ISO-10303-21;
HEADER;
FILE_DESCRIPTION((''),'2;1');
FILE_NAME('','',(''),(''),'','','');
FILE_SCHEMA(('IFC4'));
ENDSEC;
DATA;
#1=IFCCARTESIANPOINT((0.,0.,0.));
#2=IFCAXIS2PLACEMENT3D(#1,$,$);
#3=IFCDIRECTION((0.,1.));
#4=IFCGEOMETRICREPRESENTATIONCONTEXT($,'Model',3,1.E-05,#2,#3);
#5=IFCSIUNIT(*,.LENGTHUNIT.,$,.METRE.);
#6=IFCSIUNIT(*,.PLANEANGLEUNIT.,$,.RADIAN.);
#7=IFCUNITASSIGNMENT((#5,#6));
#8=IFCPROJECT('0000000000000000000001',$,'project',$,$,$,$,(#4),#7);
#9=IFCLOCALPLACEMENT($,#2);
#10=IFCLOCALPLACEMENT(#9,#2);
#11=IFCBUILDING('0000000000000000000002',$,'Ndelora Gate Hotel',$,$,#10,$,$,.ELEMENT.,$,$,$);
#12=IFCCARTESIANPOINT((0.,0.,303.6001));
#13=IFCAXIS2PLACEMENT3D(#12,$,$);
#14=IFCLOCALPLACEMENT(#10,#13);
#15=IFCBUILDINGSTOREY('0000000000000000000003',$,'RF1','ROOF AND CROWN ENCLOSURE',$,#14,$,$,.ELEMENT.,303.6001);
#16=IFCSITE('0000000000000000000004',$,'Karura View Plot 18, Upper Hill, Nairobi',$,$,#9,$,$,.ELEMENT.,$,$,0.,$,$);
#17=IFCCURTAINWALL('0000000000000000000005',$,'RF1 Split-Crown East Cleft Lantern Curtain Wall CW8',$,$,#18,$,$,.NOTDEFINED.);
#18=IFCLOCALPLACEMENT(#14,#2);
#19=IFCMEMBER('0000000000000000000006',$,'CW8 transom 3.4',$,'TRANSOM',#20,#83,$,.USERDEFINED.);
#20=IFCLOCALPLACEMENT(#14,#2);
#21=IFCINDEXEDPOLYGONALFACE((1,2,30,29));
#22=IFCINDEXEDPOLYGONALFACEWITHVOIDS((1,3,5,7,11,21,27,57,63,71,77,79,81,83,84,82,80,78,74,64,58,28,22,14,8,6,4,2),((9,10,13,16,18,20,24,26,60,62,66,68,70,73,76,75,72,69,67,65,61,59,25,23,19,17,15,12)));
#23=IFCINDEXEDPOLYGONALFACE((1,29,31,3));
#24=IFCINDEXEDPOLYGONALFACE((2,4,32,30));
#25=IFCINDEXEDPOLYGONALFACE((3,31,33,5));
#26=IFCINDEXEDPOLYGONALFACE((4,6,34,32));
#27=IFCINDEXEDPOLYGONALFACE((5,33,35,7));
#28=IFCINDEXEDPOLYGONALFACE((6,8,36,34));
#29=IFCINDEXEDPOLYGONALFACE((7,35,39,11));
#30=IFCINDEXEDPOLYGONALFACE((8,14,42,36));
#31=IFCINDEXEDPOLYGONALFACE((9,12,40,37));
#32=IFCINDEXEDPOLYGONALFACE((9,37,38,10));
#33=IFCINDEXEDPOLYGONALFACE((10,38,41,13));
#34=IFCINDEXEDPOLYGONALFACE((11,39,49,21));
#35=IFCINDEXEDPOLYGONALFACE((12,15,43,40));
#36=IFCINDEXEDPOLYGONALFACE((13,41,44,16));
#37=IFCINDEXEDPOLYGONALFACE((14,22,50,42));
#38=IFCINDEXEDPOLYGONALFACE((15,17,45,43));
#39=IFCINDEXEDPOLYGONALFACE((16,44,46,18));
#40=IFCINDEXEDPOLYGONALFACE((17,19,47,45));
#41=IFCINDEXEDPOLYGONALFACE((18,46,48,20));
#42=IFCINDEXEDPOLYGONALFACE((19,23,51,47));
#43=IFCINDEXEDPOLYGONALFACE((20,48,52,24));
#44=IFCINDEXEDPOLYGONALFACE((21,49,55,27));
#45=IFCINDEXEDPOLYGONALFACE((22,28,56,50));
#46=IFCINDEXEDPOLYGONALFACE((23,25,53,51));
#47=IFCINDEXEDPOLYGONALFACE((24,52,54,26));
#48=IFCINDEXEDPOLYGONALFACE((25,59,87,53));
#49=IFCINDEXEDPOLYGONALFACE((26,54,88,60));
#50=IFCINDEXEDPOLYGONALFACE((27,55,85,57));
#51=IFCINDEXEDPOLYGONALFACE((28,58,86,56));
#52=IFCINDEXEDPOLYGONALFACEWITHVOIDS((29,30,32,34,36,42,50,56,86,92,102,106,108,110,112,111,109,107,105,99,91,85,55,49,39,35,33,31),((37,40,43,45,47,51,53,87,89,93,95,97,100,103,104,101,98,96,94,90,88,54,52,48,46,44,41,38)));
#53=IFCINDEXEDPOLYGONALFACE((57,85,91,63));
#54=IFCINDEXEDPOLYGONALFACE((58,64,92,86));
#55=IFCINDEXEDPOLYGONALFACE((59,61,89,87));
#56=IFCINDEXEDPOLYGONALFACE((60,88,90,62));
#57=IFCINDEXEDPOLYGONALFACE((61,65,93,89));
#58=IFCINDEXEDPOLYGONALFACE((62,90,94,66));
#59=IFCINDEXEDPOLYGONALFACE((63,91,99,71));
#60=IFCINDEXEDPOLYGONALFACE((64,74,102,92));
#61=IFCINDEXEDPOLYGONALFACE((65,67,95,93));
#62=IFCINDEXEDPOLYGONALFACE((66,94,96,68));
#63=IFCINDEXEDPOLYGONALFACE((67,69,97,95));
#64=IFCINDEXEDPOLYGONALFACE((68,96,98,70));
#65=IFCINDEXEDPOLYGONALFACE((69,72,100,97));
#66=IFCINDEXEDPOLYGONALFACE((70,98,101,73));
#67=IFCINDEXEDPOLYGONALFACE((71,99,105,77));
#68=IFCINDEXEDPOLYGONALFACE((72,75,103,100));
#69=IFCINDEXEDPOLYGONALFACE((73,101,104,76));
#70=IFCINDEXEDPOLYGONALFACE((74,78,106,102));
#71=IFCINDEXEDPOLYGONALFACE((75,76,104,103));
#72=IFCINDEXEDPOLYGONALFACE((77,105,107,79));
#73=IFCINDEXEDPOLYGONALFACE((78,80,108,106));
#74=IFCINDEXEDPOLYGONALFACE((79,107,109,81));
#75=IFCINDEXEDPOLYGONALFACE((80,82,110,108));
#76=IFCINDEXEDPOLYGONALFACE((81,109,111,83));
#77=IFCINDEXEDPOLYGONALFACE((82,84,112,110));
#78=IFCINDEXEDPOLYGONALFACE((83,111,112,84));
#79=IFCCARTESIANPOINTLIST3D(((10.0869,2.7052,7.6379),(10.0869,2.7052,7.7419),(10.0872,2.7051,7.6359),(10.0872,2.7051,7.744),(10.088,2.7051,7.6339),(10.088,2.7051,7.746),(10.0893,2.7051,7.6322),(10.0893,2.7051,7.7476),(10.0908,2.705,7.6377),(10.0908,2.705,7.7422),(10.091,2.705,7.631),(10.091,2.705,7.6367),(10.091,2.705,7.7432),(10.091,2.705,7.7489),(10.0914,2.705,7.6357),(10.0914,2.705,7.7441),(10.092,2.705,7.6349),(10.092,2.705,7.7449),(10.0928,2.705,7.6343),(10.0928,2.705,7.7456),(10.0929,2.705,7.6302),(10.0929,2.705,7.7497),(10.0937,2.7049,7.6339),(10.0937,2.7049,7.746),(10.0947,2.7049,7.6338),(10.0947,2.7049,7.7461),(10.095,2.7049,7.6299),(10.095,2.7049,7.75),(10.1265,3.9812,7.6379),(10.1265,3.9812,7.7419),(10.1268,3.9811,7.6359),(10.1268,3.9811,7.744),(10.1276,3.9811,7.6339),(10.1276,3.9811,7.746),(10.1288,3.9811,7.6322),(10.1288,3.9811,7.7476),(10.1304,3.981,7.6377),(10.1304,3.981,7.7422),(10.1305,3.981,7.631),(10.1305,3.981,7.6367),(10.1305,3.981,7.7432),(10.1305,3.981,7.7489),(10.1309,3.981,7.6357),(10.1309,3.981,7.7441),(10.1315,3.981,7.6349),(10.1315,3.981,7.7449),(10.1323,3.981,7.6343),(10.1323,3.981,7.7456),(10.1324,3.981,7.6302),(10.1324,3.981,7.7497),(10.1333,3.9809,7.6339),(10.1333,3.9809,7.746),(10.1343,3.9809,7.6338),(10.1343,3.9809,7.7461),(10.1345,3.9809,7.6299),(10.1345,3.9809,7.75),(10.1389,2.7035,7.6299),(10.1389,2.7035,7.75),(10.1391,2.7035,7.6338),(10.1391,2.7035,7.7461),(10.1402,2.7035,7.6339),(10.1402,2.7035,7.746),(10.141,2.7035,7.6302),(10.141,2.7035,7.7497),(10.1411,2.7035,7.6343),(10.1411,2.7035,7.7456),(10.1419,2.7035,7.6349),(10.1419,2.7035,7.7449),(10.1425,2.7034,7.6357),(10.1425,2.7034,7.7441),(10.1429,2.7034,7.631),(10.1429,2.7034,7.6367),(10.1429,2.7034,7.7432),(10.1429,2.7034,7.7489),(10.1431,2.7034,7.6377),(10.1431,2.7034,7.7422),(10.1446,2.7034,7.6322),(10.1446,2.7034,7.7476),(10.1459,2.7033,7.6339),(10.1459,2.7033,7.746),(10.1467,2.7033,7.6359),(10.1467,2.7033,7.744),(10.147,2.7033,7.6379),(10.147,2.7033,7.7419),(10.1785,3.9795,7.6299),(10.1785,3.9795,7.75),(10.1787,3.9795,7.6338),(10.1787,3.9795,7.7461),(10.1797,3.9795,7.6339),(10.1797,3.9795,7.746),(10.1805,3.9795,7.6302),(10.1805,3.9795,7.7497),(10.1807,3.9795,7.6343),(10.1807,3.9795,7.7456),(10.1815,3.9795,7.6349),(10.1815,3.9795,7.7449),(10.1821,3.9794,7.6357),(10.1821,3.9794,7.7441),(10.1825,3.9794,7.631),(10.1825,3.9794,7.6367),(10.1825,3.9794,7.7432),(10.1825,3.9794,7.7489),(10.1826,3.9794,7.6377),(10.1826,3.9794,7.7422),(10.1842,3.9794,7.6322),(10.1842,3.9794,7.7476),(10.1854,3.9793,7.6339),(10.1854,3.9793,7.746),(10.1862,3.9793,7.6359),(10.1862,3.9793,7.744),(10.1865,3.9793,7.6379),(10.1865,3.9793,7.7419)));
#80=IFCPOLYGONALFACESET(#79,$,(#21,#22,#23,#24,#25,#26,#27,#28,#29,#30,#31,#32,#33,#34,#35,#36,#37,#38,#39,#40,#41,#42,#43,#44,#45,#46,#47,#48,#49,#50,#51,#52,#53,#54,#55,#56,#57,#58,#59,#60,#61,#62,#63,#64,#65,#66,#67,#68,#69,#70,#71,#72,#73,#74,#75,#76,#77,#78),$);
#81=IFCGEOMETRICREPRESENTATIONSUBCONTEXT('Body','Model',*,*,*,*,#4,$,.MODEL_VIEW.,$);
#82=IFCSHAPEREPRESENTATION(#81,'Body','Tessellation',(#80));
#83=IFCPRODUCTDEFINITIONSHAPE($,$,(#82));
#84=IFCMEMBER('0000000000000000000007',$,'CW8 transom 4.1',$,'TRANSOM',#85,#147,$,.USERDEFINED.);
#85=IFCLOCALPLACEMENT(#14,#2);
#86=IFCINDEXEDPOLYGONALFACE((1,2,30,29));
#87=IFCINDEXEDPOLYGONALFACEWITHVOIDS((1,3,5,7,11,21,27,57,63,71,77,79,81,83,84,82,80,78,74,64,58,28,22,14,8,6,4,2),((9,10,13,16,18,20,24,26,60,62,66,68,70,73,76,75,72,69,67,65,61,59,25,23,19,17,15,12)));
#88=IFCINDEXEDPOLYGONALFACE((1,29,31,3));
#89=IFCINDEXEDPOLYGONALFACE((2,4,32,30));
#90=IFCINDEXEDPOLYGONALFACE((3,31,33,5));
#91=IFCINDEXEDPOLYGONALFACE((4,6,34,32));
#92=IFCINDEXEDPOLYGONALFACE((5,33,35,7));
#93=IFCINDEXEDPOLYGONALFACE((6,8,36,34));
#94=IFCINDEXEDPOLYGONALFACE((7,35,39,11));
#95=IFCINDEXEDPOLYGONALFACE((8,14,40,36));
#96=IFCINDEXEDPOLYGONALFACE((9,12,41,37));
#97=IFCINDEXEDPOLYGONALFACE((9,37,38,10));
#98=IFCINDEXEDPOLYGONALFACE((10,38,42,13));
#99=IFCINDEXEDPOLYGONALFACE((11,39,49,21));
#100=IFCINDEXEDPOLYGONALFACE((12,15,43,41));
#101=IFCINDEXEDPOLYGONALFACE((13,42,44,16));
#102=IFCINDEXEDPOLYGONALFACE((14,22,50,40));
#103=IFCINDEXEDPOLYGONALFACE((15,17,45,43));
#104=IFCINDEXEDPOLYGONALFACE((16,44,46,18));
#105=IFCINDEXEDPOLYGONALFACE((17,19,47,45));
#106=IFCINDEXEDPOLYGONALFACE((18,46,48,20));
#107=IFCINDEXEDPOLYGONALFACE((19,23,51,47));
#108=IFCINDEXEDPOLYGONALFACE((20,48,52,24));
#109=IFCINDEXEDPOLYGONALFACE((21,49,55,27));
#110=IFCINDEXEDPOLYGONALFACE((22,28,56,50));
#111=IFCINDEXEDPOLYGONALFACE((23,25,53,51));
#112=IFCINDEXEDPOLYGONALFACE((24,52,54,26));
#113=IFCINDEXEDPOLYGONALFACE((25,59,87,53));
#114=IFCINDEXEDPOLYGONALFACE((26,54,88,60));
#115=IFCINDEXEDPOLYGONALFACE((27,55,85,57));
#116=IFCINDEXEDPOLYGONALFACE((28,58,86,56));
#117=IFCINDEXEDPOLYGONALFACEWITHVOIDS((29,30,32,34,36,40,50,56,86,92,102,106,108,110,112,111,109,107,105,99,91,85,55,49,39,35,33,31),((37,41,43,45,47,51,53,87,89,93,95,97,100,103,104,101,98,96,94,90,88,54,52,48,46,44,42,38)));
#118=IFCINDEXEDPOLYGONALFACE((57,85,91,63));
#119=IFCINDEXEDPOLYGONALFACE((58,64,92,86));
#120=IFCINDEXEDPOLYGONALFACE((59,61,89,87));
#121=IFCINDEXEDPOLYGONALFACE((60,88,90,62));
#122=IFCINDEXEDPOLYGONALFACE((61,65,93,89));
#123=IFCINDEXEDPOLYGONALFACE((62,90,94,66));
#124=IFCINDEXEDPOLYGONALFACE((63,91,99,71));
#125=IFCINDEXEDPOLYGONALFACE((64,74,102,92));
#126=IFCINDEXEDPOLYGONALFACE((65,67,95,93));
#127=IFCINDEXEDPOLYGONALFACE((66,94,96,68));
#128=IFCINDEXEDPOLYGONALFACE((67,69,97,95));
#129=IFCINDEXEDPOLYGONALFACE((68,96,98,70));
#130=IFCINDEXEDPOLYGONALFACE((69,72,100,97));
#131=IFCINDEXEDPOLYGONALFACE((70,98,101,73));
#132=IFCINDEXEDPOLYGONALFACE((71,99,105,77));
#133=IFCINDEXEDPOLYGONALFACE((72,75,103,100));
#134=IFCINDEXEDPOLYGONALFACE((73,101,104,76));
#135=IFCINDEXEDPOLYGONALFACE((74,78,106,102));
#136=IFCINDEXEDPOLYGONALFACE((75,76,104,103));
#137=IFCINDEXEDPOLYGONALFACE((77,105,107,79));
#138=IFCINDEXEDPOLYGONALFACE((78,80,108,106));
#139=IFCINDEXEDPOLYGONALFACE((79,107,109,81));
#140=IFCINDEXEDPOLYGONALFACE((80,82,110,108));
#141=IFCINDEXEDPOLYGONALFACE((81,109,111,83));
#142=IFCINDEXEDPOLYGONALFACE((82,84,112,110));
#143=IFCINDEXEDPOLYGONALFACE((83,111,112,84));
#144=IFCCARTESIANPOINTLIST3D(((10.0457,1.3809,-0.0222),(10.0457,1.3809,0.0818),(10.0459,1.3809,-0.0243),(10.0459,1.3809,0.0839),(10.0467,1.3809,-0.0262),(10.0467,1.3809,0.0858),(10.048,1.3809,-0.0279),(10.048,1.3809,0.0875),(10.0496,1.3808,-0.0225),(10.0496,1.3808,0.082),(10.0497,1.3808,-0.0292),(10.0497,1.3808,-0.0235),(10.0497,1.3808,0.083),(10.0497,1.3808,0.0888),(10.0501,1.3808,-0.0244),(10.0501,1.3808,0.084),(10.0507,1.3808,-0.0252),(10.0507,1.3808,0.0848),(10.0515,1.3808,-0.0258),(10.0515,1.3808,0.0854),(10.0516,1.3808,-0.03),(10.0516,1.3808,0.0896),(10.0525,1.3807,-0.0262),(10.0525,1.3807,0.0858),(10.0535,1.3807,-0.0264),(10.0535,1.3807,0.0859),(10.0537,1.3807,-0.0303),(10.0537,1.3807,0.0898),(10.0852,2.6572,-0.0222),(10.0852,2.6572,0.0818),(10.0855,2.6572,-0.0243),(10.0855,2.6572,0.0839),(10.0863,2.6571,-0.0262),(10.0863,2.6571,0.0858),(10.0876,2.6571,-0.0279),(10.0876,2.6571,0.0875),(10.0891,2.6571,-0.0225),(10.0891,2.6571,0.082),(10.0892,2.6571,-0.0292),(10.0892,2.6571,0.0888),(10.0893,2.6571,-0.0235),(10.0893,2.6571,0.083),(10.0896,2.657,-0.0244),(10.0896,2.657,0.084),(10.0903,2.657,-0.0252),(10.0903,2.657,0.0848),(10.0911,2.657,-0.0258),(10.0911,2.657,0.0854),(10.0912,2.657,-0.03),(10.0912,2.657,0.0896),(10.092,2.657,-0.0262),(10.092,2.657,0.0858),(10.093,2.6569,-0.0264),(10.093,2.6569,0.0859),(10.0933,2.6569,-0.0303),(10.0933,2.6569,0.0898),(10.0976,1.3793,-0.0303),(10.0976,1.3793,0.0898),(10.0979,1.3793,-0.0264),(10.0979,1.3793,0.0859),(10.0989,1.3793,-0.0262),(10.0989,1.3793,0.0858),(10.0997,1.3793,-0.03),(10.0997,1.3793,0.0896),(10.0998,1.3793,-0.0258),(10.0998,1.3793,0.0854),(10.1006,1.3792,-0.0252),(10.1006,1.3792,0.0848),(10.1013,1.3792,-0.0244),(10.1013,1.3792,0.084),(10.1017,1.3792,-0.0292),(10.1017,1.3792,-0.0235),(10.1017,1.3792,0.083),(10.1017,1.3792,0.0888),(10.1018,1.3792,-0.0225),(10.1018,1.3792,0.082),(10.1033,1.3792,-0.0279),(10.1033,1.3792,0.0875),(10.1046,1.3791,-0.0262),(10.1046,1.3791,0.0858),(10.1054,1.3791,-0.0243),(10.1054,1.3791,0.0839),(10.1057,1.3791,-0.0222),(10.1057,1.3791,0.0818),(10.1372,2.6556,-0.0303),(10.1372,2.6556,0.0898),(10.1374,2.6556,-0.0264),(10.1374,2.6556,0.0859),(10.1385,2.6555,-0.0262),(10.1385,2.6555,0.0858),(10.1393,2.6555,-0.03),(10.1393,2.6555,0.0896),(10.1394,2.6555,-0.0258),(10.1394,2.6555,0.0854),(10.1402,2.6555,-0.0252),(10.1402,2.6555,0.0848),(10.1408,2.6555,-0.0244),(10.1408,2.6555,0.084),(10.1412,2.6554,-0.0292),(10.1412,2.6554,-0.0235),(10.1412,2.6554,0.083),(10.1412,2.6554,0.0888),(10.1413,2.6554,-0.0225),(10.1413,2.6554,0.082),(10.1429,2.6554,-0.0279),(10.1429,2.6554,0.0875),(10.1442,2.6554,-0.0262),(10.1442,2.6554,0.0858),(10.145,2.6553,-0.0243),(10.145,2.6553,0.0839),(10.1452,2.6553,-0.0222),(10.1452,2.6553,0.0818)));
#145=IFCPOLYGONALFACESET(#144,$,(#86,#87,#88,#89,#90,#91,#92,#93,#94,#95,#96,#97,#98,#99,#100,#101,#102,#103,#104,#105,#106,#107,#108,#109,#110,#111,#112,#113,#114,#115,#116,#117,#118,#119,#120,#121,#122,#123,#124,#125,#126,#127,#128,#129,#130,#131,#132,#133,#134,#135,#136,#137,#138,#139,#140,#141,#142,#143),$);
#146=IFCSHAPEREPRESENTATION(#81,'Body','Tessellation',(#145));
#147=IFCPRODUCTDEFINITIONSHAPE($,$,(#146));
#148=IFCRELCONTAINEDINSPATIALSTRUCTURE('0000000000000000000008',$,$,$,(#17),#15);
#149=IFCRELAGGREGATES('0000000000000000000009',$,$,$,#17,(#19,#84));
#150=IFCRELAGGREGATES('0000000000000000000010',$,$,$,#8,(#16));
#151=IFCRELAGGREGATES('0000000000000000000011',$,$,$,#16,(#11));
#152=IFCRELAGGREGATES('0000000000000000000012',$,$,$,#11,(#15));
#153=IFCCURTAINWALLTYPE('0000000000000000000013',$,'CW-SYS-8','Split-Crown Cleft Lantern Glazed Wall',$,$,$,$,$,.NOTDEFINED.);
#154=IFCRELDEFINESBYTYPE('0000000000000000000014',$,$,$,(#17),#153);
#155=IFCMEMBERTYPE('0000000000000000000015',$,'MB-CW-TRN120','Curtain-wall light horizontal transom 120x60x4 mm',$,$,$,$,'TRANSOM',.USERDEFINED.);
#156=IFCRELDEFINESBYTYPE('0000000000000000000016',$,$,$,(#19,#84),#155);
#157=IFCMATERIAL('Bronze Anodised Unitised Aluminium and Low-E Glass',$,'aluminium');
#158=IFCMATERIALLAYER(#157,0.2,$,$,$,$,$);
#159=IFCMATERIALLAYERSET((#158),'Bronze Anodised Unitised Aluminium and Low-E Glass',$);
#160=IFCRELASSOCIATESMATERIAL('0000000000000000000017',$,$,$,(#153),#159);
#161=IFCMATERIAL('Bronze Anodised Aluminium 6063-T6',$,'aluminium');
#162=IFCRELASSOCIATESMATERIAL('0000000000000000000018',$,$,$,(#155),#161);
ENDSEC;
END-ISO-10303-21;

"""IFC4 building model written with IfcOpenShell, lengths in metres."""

from ifc_helpers import new_model, si_unit, direction, frame, origin, origin_2d, place, context, subcontext, project, spatial, hollow_rectangle, extrude, material, layer, layer_set, material_profile, profile_set, type_object, element, aggregate, save


model = new_model("IFC4")

# Units and contexts
model_context = context("Model", 3, precision=1e-05, world=origin(), true_north=direction((0.0, 1.0)))
body_context = subcontext(model_context, "Body", "Model", "MODEL_VIEW")
ifc_project = project(units=[si_unit("LENGTHUNIT", "METRE"), si_unit("PLANEANGLEUNIT", "RADIAN")], contexts=[model_context])

# Site, building, storey
site_placement = place(None, origin())
site = spatial("IfcSite", under=ifc_project, at=site_placement, Name="Karura View Plot 18, Upper Hill, Nairobi", CompositionType="ELEMENT", RefElevation=0.0)
building_placement = place(site_placement, origin())
building = spatial("IfcBuilding", under=site, at=building_placement, Name="Ndelora Gate Hotel", CompositionType="ELEMENT")
storey_placement = place(building_placement, frame((0.0, 0.0, 303.6001)))
storey = spatial("IfcBuildingStorey", under=building, at=storey_placement, Name="RF1", Description="ROOF AND CROWN ENCLOSURE", CompositionType="ELEMENT", Elevation=303.6001)

# Shared definitions
ifc_material_1 = material(Name="Bronze Anodised Unitised Aluminium and Low-E Glass", Category="aluminium")
ifc_layer_1 = layer(ifc_material_1, 0.2)
ifc_layer_set_1 = layer_set([ifc_layer_1], Name="Bronze Anodised Unitised Aluminium and Low-E Glass")
curtain_wall_type = type_object("IfcCurtainWallType", Name="CW-SYS-8", Description="Split-Crown Cleft Lantern Glazed Wall", PredefinedType="NOTDEFINED", material=ifc_layer_set_1)
ifc_material_2 = material(Name="Bronze Anodised Aluminium 6063-T6", Category="aluminium")

# Curtain wall
curtain_wall_1_placement = place(storey_placement, origin())
curtain_wall_1 = element("IfcCurtainWall", 1, at=curtain_wall_1_placement, inside=storey, type_object=curtain_wall_type, Name="RF1 Split-Crown East Cleft Lantern Curtain Wall CW8", PredefinedType="NOTDEFINED")

# Members
ifc_material_profile_1 = material_profile(ifc_material_2, hollow_rectangle(XDim=0.0601, YDim=0.1201, WallThickness=0.0039, InnerFilletRadius=0.0039, OuterFilletRadius=0.0081, at=origin_2d()), Name="ALU 120x60x4")
ifc_profile_set_1 = profile_set([ifc_material_profile_1], Name="Bronze Anodised Aluminium 6063-T6")
member_type_1 = type_object("IfcMemberType", Name="MB-CW-TRN120", Description="Curtain-wall light horizontal transom 120x60x4 mm", ElementType="TRANSOM", PredefinedType="USERDEFINED", material=ifc_profile_set_1)
member_1_placement = place(storey_placement, frame((10.1565, 3.9802, 7.6899), z_axis=(-0.030984, -0.99952, 0.0), x_axis=(0.99952, -0.030984, 0.0)))
member_1 = element("IfcMember", 2, at=member_1_placement, type_object=member_type_1, Name="CW8 transom 3.4", ObjectType="TRANSOM", PredefinedType="USERDEFINED", context=body_context, shape_type="SweptSolid", body=[
    extrude(hollow_rectangle(XDim=0.0601, YDim=0.1201, WallThickness=0.0039, InnerFilletRadius=0.0039, OuterFilletRadius=0.0081, at=origin_2d()), origin(), (0.0, 0.0, 1.0), 1.2766),
])
member_2_placement = place(storey_placement, frame((10.1152, 2.6562, 0.0298), z_axis=(-0.030978, -0.99952, 0.0), x_axis=(0.99952, -0.030978, 0.0)))
member_2 = element("IfcMember", 3, at=member_2_placement, type_object=member_type_1, Name="CW8 transom 4.1", ObjectType="TRANSOM", PredefinedType="USERDEFINED", context=body_context, shape_type="SweptSolid", body=[
    extrude(hollow_rectangle(XDim=0.0601, YDim=0.1201, WallThickness=0.0039, InnerFilletRadius=0.0039, OuterFilletRadius=0.0081, at=origin_2d()), origin(), (0.0, 0.0, 1.0), 1.2769),
])

aggregate(curtain_wall_1, [member_1, member_2])

save(model, "model.ifc")
